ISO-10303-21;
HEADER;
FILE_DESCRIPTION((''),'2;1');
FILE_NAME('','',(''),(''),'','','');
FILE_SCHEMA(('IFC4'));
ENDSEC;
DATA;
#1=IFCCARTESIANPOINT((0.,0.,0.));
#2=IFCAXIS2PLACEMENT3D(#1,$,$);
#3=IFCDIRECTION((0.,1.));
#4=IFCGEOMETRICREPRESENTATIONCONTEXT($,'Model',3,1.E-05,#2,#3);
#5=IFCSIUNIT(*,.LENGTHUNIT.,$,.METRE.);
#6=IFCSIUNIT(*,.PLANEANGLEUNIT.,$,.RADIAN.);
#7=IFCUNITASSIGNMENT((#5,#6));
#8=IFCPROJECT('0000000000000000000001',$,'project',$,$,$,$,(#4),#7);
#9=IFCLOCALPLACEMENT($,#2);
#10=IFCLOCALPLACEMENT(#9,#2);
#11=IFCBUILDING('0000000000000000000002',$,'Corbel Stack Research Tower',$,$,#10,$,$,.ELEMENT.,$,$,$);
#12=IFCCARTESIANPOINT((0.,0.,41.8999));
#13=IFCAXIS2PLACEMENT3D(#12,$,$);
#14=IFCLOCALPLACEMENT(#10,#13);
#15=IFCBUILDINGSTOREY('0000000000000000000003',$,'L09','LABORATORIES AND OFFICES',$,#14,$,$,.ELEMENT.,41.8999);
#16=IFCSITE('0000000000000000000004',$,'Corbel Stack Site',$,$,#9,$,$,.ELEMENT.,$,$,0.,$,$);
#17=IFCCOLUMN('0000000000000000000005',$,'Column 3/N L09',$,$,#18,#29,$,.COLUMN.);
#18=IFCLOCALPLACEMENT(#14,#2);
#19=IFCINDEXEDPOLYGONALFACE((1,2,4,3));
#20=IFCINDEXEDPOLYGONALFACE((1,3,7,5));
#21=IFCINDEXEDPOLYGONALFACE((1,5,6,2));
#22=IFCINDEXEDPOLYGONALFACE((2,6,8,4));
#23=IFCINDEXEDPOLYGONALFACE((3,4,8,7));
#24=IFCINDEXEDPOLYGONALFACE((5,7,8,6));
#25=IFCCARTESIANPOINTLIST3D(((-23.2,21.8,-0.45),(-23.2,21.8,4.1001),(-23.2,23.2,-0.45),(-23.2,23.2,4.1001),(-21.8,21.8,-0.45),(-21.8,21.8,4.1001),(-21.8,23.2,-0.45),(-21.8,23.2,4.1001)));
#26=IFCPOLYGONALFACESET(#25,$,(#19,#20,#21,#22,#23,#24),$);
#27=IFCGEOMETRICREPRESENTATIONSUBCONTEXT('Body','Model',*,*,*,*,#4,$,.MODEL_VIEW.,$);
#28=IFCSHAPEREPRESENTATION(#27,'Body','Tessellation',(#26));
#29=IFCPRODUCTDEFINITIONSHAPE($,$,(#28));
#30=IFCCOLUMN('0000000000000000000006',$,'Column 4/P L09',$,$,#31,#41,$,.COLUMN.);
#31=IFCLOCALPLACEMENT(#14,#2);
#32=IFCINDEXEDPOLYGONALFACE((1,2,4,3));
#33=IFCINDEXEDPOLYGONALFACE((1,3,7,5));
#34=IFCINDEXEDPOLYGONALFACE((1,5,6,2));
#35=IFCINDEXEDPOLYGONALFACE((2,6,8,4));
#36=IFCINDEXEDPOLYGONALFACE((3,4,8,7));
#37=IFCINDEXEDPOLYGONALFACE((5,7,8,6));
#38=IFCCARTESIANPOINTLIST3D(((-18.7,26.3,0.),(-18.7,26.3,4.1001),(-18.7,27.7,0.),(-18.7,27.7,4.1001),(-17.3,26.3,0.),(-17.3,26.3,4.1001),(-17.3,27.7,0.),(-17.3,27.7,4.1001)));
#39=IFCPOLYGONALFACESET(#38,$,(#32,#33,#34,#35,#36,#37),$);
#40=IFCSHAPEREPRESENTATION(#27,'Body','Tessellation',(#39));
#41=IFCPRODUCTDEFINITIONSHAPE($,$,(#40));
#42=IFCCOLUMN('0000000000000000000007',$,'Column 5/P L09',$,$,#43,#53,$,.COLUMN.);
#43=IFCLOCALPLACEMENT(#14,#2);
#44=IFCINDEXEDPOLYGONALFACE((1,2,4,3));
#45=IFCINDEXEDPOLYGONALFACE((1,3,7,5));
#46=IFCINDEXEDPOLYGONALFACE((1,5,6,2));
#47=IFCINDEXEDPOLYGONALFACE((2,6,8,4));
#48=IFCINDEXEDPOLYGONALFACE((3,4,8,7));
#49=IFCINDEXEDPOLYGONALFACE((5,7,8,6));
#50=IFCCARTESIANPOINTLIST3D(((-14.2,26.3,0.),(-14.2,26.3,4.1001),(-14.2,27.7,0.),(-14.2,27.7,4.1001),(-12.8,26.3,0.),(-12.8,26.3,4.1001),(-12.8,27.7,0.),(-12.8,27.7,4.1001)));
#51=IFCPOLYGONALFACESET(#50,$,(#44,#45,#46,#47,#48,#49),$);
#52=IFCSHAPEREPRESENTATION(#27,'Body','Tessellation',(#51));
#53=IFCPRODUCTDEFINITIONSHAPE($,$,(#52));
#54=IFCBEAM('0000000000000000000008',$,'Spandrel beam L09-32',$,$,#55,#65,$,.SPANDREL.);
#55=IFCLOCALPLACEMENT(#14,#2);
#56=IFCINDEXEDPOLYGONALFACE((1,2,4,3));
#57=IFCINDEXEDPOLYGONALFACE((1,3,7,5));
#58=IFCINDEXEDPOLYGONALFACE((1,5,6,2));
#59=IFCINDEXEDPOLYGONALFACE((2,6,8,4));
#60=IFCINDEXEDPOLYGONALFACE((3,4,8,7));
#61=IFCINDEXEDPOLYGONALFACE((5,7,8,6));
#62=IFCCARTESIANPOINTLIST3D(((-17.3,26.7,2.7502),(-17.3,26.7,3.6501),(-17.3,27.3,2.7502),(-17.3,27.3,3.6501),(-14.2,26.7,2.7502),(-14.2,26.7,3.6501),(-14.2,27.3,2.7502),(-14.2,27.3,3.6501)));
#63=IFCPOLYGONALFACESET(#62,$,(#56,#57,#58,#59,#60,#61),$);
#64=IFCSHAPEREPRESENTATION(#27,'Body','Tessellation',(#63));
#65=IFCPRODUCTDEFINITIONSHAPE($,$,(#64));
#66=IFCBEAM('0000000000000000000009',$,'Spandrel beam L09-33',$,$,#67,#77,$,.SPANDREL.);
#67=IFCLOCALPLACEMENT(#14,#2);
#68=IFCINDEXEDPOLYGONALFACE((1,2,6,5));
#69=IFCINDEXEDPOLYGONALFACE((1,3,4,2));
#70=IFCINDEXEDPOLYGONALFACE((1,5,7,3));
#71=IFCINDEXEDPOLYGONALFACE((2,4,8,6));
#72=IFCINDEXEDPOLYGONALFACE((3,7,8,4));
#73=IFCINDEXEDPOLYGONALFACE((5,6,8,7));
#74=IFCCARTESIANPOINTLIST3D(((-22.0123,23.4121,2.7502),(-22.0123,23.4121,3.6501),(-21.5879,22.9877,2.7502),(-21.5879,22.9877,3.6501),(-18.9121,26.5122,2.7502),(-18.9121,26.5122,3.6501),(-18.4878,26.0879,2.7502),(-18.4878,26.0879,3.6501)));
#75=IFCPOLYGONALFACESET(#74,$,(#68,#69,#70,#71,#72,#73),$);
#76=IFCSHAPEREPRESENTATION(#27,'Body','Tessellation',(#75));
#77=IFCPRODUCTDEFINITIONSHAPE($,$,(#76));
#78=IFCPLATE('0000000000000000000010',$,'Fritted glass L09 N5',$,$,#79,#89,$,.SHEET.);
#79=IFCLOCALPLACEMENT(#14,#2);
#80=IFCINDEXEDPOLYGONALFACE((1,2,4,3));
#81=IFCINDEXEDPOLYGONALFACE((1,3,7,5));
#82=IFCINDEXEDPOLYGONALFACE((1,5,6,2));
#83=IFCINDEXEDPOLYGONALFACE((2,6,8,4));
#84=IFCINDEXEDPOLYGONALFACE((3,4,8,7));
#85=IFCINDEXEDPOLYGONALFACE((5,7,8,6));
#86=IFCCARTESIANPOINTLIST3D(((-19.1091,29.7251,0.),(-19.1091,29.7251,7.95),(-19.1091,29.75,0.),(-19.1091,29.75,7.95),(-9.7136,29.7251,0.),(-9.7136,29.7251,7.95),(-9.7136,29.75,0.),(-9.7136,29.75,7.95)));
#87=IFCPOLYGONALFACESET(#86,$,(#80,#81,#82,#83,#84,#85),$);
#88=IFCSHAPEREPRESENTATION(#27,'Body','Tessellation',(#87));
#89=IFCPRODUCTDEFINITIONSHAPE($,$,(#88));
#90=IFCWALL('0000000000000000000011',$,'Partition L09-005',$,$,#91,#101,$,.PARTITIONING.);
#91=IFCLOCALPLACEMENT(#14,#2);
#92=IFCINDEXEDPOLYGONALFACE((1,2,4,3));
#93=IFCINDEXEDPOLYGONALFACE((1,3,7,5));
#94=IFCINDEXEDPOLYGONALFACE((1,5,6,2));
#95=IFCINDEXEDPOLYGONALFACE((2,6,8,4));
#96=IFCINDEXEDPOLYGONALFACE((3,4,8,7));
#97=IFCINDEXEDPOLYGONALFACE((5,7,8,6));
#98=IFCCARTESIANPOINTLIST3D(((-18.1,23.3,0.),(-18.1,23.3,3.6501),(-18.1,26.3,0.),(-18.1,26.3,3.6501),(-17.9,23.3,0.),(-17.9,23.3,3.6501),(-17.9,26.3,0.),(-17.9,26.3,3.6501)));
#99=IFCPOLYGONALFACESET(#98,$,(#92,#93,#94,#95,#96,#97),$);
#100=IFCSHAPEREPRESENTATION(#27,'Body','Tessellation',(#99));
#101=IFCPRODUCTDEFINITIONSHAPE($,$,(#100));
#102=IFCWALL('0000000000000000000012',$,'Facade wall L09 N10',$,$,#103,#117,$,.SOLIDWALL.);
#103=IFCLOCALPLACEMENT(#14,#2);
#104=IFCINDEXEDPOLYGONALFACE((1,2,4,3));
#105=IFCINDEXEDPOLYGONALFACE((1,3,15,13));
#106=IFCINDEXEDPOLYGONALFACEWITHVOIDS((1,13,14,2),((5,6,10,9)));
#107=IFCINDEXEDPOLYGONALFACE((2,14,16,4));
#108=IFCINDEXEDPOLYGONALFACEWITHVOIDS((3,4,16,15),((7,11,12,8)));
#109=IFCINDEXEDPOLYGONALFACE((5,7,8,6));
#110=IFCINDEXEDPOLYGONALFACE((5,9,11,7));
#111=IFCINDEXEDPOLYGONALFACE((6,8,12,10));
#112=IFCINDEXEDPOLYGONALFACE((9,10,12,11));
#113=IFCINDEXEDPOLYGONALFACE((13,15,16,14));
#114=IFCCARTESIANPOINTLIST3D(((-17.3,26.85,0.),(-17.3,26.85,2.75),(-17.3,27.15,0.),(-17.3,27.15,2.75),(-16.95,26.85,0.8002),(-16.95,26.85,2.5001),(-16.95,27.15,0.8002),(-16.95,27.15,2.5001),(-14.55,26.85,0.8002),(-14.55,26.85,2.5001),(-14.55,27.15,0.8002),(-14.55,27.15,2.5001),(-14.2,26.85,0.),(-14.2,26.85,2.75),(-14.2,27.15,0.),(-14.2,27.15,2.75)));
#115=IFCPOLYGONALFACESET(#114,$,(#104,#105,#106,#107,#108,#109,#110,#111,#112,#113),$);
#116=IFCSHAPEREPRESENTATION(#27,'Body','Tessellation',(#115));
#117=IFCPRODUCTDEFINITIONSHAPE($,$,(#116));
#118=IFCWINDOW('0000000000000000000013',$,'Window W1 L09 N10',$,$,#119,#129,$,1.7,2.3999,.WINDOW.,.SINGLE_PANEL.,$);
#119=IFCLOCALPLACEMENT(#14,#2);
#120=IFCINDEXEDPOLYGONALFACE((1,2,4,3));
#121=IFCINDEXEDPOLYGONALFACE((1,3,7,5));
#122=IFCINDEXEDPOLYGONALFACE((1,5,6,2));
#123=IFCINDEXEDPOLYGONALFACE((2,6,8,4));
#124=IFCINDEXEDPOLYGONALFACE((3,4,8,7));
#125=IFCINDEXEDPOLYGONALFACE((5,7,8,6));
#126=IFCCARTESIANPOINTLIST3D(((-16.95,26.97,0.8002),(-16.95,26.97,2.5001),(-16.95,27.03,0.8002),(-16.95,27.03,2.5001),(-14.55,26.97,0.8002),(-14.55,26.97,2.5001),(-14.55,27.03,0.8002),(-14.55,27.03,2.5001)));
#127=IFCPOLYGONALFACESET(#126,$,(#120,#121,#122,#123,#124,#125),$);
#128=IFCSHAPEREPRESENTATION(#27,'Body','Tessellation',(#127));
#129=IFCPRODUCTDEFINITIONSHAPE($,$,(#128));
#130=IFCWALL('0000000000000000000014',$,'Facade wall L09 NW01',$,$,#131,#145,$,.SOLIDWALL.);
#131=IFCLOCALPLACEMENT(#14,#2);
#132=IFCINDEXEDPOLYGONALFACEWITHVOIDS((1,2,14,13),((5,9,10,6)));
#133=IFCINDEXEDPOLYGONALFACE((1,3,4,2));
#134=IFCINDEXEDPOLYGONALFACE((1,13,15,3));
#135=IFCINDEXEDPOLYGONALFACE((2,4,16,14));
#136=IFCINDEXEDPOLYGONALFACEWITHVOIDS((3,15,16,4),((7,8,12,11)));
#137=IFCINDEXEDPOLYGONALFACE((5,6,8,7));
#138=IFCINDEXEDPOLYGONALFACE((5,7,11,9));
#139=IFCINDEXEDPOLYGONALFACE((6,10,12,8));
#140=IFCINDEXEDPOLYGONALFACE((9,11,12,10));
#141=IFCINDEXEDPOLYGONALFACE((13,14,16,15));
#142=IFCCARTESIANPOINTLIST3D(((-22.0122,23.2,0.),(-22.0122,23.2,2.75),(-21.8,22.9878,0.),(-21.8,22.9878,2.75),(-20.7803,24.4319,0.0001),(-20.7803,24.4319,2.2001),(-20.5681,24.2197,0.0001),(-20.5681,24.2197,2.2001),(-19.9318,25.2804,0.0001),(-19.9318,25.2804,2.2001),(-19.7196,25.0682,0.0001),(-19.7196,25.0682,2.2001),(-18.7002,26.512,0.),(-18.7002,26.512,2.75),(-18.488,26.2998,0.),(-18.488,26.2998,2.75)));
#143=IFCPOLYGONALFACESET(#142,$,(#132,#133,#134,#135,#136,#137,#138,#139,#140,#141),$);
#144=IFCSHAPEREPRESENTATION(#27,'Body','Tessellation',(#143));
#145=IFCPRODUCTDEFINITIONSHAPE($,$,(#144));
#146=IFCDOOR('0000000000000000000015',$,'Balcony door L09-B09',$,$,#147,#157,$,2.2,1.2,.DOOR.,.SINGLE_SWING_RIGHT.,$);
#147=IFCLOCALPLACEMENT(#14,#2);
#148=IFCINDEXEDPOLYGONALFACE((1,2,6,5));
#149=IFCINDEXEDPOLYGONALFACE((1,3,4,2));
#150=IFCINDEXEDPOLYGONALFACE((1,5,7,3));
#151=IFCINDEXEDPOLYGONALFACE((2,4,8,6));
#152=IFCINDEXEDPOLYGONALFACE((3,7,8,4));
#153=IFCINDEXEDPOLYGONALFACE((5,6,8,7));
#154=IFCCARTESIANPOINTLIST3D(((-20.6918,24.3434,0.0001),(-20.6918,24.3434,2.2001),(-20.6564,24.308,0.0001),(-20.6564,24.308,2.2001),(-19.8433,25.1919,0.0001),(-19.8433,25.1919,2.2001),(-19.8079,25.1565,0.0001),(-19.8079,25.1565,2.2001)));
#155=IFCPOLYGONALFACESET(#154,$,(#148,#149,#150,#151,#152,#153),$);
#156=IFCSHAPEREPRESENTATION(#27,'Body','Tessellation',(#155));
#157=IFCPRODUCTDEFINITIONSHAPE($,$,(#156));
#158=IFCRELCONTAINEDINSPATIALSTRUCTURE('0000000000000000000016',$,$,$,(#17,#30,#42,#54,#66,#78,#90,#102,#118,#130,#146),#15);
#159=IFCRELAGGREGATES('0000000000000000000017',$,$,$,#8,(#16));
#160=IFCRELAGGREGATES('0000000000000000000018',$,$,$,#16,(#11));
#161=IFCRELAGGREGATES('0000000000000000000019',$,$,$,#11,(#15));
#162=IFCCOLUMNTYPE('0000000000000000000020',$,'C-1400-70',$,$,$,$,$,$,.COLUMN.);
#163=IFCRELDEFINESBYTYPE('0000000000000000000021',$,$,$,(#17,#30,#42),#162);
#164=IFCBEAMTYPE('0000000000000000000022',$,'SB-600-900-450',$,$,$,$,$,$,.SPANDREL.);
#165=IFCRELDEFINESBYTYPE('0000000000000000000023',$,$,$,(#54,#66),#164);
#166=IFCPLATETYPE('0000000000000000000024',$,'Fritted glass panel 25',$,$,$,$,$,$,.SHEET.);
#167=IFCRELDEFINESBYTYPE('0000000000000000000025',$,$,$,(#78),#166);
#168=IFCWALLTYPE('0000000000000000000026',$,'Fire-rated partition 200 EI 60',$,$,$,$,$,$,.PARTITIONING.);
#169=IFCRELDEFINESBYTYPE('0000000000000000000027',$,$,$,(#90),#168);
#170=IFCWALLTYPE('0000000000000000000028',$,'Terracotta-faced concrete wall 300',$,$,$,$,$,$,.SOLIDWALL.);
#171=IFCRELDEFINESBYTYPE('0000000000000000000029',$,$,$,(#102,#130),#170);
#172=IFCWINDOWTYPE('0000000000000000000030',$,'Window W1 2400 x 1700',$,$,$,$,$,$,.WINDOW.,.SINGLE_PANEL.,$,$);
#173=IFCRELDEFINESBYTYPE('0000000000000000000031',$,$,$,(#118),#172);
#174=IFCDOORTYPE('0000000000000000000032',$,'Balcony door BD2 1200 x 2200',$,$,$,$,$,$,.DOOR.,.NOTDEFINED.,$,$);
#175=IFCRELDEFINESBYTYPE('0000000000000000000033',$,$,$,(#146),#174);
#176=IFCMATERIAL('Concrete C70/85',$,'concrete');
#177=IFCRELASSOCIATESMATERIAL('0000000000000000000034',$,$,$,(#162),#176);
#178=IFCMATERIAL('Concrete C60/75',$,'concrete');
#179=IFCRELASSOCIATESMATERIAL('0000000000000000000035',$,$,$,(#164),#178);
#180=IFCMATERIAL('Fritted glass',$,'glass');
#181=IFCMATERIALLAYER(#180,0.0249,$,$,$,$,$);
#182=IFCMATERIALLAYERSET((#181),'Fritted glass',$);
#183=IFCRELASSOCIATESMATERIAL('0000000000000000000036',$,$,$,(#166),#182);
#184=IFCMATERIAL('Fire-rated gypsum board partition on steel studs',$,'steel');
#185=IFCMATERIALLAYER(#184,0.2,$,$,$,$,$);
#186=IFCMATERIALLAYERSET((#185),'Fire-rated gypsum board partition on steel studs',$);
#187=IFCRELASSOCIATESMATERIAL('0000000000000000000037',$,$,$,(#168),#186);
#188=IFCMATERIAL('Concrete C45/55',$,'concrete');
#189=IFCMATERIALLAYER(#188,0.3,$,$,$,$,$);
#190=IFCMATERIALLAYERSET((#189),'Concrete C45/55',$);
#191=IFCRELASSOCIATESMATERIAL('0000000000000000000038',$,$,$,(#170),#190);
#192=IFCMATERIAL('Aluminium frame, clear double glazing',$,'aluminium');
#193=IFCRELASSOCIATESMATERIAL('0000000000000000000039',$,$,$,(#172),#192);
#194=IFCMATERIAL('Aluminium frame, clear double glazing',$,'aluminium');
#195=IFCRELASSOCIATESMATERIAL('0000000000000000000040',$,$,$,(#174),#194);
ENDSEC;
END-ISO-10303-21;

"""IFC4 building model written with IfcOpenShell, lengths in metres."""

from ifc_helpers import new_model, si_unit, direction, frame, frame_2d, origin, origin_2d, place, context, subcontext, project, spatial, rectangle, extrude, material, layer, layer_set, material_profile, profile_set, type_object, element, fill, save


model = new_model("IFC4")

# Units and contexts
model_context = context("Model", 3, precision=1e-05, world=origin(), true_north=direction((0.0, 1.0)))
body_context = subcontext(model_context, "Body", "Model", "MODEL_VIEW")
ifc_project = project(units=[si_unit("LENGTHUNIT", "METRE"), si_unit("PLANEANGLEUNIT", "RADIAN")], contexts=[model_context])

# Site, building, storey
site_placement = place(None, origin())
site = spatial("IfcSite", under=ifc_project, at=site_placement, Name="Corbel Stack Site", CompositionType="ELEMENT", RefElevation=0.0)
building_placement = place(site_placement, origin())
building = spatial("IfcBuilding", under=site, at=building_placement, Name="Corbel Stack Research Tower", CompositionType="ELEMENT")
storey_placement = place(building_placement, frame((0.0, 0.0, 41.8999)))
storey = spatial("IfcBuildingStorey", under=building, at=storey_placement, Name="L09", Description="LABORATORIES AND OFFICES", CompositionType="ELEMENT", Elevation=41.8999)

# Columns
ifc_material_1 = material(Name="Concrete C70/85", Category="concrete")
ifc_material_profile_1 = material_profile(ifc_material_1, rectangle(XDim=1.3999, YDim=1.3999, at=origin_2d()), Name="RC 1400 x 1400")
ifc_profile_set_1 = profile_set([ifc_material_profile_1], Name="Concrete C70/85")
column_type = type_object("IfcColumnType", Name="C-1400-70", PredefinedType="COLUMN", material=ifc_profile_set_1)
column_placement = place(storey_placement, frame((-22.5, 22.5, -0.45), z_axis=(0.0, 0.0, 1.0), x_axis=(1.0, 0.0, 0.0)))
element("IfcColumn", 1, at=column_placement, inside=storey, type_object=column_type, Name="Column 3/N L09", PredefinedType="COLUMN", context=body_context, shape_type="SweptSolid", body=[
    extrude(rectangle(XDim=1.3999, YDim=1.3999, at=origin_2d()), origin(), (0.0, 0.0, 1.0), 4.55),
])
for number, where, z_axis, x_axis, name in (
    (2, (-18.0, 27.0, 0.0), (0.0, 0.0, 1.0), (1.0, 0.0, 0.0), "Column 4/P L09"),
    (3, (-13.5, 27.0, 0.0), (0.0, 0.0, 1.0), (1.0, 0.0, 0.0), "Column 5/P L09"),
):
    element("IfcColumn", number, at=place(storey_placement, frame(where, z_axis=z_axis, x_axis=x_axis)), inside=storey, type_object=column_type, Name=name, PredefinedType="COLUMN", context=body_context, shape_type="SweptSolid", body=[
        extrude(rectangle(XDim=1.3999, YDim=1.3999, at=origin_2d()), origin(), (0.0, 0.0, 1.0), 4.1001),
    ])

# Beams
ifc_material_2 = material(Name="Concrete C60/75", Category="concrete")
ifc_material_profile_2 = material_profile(ifc_material_2, rectangle(XDim=0.6001, YDim=0.8999, at=origin_2d()), Name="RC 600 x 900")
ifc_profile_set_2 = profile_set([ifc_material_profile_2], Name="Concrete C60/75")
beam_type = type_object("IfcBeamType", Name="SB-600-900-450", PredefinedType="SPANDREL", material=ifc_profile_set_2)
beam_1_placement = place(storey_placement, frame((-14.2, 27.0, 3.2002), z_axis=(-1.0, 0.0, 0.0), x_axis=(0.0, -1.0, 0.0)))
element("IfcBeam", 4, at=beam_1_placement, inside=storey, type_object=beam_type, Name="Spandrel beam L09-32", PredefinedType="SPANDREL", context=body_context, shape_type="SweptSolid", body=[
    extrude(rectangle(XDim=0.6001, YDim=0.8999, at=origin_2d()), origin(), (0.0, 0.0, 1.0), 3.1001),
])
beam_2_placement = place(storey_placement, frame((-18.7, 26.3, 3.2002), z_axis=(-0.707107, -0.707107, 0.0), x_axis=(0.707107, -0.707107, 0.0)))
element("IfcBeam", 5, at=beam_2_placement, inside=storey, type_object=beam_type, Name="Spandrel beam L09-33", PredefinedType="SPANDREL", context=body_context, shape_type="SweptSolid", body=[
    extrude(rectangle(XDim=0.6001, YDim=0.8999, at=origin_2d()), origin(), (0.0, 0.0, 1.0), 4.3843),
])

# Plate
ifc_material_3 = material(Name="Fritted glass", Category="glass")
ifc_layer_1 = layer(ifc_material_3, 0.0249)
ifc_layer_set_1 = layer_set([ifc_layer_1], Name="Fritted glass")
plate_type = type_object("IfcPlateType", Name="Fritted glass panel 25", PredefinedType="SHEET", material=ifc_layer_set_1)
plate_placement = place(storey_placement, frame((-14.4114, 29.7375, 0.0), z_axis=(0.0, 0.0, 1.0), x_axis=(-1.0, 0.0, 0.0)))
element("IfcPlate", 6, at=plate_placement, inside=storey, type_object=plate_type, Name="Fritted glass L09 N5", PredefinedType="SHEET", context=body_context, shape_type="SweptSolid", body=[
    extrude(rectangle(XDim=9.3955, YDim=0.0249, at=origin_2d()), origin(), (0.0, 0.0, 1.0), 7.95),
])

# Wall
ifc_material_4 = material(Name="Fire-rated gypsum board partition on steel studs", Category="steel")
ifc_layer_2 = layer(ifc_material_4, 0.2)
ifc_layer_set_2 = layer_set([ifc_layer_2], Name="Fire-rated gypsum board partition on steel studs")
wall_type_1 = type_object("IfcWallType", Name="Fire-rated partition 200 EI 60", PredefinedType="PARTITIONING", material=ifc_layer_set_2)
wall_1_placement = place(storey_placement, frame((-18.0, 23.3, 0.0), z_axis=(0.0, 0.0, 1.0), x_axis=(0.0, 1.0, 0.0)))
element("IfcWall", 7, at=wall_1_placement, inside=storey, type_object=wall_type_1, Name="Partition L09-005", PredefinedType="PARTITIONING", context=body_context, shape_type="SweptSolid", body=[
    extrude(rectangle(XDim=3.0, YDim=0.2, at=frame_2d((1.5, 0.0))), origin(), (0.0, 0.0, 1.0), 3.6501),
])

# Wall, opening, window
ifc_material_5 = material(Name="Concrete C45/55", Category="concrete")
ifc_layer_3 = layer(ifc_material_5, 0.3)
ifc_layer_set_3 = layer_set([ifc_layer_3], Name="Concrete C45/55")
wall_type_2 = type_object("IfcWallType", Name="Terracotta-faced concrete wall 300", PredefinedType="SOLIDWALL", material=ifc_layer_set_3)
wall_2_placement = place(storey_placement, frame((-17.3, 27.0, 0.0), z_axis=(0.0, 0.0, 1.0), x_axis=(1.0, 0.0, 0.0)))
wall_2 = element("IfcWall", 8, at=wall_2_placement, inside=storey, type_object=wall_type_2, Name="Facade wall L09 N10", PredefinedType="SOLIDWALL", context=body_context, shape_type="SweptSolid", body=[
    extrude(rectangle(XDim=3.1001, YDim=0.3, at=frame_2d((1.55, 0.0))), origin(), (0.0, 0.0, 1.0), 2.75),
])
opening_1_placement = place(wall_2_placement, frame((0.3501, 0.0, 0.8)))
opening_1 = element("IfcOpeningElement", 9, at=opening_1_placement, cuts=wall_2, PredefinedType="OPENING", context=body_context, shape_type="SweptSolid", body=[
    extrude(rectangle(XDim=2.3999, YDim=1.7, at=frame_2d((1.2, 0.8501))), frame((0.0, 0.1599, 0.0), z_axis=(0.0, -1.0, 0.0), x_axis=(1.0, 0.0, 0.0)), (0.0, 0.0, 1.0), 0.3201),
])
ifc_material_6 = material(Name="Aluminium frame, clear double glazing", Category="aluminium")
window_type = type_object("IfcWindowType", Name="Window W1 2400 x 1700", PartitioningType="SINGLE_PANEL", PredefinedType="WINDOW", material=ifc_material_6)
window_placement = place(opening_1_placement, origin())
window = element("IfcWindow", 10, at=window_placement, inside=storey, type_object=window_type, Name="Window W1 L09 N10", OverallHeight=1.7, OverallWidth=2.3999, PartitioningType="SINGLE_PANEL", PredefinedType="WINDOW", context=body_context, shape_type="SweptSolid", body=[
    extrude(rectangle(XDim=2.3999, YDim=1.7, at=frame_2d((1.2, 0.8501))), frame((0.0, 0.03, 0.0), z_axis=(0.0, -1.0, 0.0), x_axis=(1.0, 0.0, 0.0)), (0.0, 0.0, 1.0), 0.0601),
])
fill(opening_1, window)

# Wall, opening, door
wall_3_placement = place(storey_placement, frame((-21.906, 23.094, 0.0), z_axis=(0.0, 0.0, 1.0), x_axis=(0.707107, 0.707107, 0.0)))
wall_3 = element("IfcWall", 11, at=wall_3_placement, inside=storey, type_object=wall_type_2, Name="Facade wall L09 NW01", PredefinedType="SOLIDWALL", context=body_context, shape_type="SweptSolid", body=[
    extrude(rectangle(XDim=4.6838, YDim=0.3, at=frame_2d((2.3418, 0.0))), origin(), (0.0, 0.0, 1.0), 2.75),
])
opening_2_placement = place(wall_3_placement, frame((1.7419, 0.0, 0.0)))
opening_2 = element("IfcOpeningElement", 12, at=opening_2_placement, cuts=wall_3, PredefinedType="OPENING", context=body_context, shape_type="SweptSolid", body=[
    extrude(rectangle(XDim=1.2, YDim=2.2, at=frame_2d((0.6001, 1.1001))), frame((0.0, 0.1599, 0.0), z_axis=(0.0, -1.0, 0.0), x_axis=(1.0, 0.0, 0.0)), (0.0, 0.0, 1.0), 0.3201),
])
ifc_material_7 = material(Name="Aluminium frame, clear double glazing", Category="aluminium")
door_type = type_object("IfcDoorType", Name="Balcony door BD2 1200 x 2200", OperationType="NOTDEFINED", PredefinedType="DOOR", material=ifc_material_7)
door_placement = place(opening_2_placement, origin())
door = element("IfcDoor", 13, at=door_placement, inside=storey, type_object=door_type, Name="Balcony door L09-B09", OperationType="SINGLE_SWING_RIGHT", OverallHeight=2.2, OverallWidth=1.2, PredefinedType="DOOR", context=body_context, shape_type="SweptSolid", body=[
    extrude(rectangle(XDim=1.2, YDim=2.2, at=frame_2d((0.6001, 1.1001))), frame((0.0, 0.0249, 0.0), z_axis=(0.0, -1.0, 0.0), x_axis=(1.0, 0.0, 0.0)), (0.0, 0.0, 1.0), 0.05),
])
fill(opening_2, door)

save(model, "model.ifc")
